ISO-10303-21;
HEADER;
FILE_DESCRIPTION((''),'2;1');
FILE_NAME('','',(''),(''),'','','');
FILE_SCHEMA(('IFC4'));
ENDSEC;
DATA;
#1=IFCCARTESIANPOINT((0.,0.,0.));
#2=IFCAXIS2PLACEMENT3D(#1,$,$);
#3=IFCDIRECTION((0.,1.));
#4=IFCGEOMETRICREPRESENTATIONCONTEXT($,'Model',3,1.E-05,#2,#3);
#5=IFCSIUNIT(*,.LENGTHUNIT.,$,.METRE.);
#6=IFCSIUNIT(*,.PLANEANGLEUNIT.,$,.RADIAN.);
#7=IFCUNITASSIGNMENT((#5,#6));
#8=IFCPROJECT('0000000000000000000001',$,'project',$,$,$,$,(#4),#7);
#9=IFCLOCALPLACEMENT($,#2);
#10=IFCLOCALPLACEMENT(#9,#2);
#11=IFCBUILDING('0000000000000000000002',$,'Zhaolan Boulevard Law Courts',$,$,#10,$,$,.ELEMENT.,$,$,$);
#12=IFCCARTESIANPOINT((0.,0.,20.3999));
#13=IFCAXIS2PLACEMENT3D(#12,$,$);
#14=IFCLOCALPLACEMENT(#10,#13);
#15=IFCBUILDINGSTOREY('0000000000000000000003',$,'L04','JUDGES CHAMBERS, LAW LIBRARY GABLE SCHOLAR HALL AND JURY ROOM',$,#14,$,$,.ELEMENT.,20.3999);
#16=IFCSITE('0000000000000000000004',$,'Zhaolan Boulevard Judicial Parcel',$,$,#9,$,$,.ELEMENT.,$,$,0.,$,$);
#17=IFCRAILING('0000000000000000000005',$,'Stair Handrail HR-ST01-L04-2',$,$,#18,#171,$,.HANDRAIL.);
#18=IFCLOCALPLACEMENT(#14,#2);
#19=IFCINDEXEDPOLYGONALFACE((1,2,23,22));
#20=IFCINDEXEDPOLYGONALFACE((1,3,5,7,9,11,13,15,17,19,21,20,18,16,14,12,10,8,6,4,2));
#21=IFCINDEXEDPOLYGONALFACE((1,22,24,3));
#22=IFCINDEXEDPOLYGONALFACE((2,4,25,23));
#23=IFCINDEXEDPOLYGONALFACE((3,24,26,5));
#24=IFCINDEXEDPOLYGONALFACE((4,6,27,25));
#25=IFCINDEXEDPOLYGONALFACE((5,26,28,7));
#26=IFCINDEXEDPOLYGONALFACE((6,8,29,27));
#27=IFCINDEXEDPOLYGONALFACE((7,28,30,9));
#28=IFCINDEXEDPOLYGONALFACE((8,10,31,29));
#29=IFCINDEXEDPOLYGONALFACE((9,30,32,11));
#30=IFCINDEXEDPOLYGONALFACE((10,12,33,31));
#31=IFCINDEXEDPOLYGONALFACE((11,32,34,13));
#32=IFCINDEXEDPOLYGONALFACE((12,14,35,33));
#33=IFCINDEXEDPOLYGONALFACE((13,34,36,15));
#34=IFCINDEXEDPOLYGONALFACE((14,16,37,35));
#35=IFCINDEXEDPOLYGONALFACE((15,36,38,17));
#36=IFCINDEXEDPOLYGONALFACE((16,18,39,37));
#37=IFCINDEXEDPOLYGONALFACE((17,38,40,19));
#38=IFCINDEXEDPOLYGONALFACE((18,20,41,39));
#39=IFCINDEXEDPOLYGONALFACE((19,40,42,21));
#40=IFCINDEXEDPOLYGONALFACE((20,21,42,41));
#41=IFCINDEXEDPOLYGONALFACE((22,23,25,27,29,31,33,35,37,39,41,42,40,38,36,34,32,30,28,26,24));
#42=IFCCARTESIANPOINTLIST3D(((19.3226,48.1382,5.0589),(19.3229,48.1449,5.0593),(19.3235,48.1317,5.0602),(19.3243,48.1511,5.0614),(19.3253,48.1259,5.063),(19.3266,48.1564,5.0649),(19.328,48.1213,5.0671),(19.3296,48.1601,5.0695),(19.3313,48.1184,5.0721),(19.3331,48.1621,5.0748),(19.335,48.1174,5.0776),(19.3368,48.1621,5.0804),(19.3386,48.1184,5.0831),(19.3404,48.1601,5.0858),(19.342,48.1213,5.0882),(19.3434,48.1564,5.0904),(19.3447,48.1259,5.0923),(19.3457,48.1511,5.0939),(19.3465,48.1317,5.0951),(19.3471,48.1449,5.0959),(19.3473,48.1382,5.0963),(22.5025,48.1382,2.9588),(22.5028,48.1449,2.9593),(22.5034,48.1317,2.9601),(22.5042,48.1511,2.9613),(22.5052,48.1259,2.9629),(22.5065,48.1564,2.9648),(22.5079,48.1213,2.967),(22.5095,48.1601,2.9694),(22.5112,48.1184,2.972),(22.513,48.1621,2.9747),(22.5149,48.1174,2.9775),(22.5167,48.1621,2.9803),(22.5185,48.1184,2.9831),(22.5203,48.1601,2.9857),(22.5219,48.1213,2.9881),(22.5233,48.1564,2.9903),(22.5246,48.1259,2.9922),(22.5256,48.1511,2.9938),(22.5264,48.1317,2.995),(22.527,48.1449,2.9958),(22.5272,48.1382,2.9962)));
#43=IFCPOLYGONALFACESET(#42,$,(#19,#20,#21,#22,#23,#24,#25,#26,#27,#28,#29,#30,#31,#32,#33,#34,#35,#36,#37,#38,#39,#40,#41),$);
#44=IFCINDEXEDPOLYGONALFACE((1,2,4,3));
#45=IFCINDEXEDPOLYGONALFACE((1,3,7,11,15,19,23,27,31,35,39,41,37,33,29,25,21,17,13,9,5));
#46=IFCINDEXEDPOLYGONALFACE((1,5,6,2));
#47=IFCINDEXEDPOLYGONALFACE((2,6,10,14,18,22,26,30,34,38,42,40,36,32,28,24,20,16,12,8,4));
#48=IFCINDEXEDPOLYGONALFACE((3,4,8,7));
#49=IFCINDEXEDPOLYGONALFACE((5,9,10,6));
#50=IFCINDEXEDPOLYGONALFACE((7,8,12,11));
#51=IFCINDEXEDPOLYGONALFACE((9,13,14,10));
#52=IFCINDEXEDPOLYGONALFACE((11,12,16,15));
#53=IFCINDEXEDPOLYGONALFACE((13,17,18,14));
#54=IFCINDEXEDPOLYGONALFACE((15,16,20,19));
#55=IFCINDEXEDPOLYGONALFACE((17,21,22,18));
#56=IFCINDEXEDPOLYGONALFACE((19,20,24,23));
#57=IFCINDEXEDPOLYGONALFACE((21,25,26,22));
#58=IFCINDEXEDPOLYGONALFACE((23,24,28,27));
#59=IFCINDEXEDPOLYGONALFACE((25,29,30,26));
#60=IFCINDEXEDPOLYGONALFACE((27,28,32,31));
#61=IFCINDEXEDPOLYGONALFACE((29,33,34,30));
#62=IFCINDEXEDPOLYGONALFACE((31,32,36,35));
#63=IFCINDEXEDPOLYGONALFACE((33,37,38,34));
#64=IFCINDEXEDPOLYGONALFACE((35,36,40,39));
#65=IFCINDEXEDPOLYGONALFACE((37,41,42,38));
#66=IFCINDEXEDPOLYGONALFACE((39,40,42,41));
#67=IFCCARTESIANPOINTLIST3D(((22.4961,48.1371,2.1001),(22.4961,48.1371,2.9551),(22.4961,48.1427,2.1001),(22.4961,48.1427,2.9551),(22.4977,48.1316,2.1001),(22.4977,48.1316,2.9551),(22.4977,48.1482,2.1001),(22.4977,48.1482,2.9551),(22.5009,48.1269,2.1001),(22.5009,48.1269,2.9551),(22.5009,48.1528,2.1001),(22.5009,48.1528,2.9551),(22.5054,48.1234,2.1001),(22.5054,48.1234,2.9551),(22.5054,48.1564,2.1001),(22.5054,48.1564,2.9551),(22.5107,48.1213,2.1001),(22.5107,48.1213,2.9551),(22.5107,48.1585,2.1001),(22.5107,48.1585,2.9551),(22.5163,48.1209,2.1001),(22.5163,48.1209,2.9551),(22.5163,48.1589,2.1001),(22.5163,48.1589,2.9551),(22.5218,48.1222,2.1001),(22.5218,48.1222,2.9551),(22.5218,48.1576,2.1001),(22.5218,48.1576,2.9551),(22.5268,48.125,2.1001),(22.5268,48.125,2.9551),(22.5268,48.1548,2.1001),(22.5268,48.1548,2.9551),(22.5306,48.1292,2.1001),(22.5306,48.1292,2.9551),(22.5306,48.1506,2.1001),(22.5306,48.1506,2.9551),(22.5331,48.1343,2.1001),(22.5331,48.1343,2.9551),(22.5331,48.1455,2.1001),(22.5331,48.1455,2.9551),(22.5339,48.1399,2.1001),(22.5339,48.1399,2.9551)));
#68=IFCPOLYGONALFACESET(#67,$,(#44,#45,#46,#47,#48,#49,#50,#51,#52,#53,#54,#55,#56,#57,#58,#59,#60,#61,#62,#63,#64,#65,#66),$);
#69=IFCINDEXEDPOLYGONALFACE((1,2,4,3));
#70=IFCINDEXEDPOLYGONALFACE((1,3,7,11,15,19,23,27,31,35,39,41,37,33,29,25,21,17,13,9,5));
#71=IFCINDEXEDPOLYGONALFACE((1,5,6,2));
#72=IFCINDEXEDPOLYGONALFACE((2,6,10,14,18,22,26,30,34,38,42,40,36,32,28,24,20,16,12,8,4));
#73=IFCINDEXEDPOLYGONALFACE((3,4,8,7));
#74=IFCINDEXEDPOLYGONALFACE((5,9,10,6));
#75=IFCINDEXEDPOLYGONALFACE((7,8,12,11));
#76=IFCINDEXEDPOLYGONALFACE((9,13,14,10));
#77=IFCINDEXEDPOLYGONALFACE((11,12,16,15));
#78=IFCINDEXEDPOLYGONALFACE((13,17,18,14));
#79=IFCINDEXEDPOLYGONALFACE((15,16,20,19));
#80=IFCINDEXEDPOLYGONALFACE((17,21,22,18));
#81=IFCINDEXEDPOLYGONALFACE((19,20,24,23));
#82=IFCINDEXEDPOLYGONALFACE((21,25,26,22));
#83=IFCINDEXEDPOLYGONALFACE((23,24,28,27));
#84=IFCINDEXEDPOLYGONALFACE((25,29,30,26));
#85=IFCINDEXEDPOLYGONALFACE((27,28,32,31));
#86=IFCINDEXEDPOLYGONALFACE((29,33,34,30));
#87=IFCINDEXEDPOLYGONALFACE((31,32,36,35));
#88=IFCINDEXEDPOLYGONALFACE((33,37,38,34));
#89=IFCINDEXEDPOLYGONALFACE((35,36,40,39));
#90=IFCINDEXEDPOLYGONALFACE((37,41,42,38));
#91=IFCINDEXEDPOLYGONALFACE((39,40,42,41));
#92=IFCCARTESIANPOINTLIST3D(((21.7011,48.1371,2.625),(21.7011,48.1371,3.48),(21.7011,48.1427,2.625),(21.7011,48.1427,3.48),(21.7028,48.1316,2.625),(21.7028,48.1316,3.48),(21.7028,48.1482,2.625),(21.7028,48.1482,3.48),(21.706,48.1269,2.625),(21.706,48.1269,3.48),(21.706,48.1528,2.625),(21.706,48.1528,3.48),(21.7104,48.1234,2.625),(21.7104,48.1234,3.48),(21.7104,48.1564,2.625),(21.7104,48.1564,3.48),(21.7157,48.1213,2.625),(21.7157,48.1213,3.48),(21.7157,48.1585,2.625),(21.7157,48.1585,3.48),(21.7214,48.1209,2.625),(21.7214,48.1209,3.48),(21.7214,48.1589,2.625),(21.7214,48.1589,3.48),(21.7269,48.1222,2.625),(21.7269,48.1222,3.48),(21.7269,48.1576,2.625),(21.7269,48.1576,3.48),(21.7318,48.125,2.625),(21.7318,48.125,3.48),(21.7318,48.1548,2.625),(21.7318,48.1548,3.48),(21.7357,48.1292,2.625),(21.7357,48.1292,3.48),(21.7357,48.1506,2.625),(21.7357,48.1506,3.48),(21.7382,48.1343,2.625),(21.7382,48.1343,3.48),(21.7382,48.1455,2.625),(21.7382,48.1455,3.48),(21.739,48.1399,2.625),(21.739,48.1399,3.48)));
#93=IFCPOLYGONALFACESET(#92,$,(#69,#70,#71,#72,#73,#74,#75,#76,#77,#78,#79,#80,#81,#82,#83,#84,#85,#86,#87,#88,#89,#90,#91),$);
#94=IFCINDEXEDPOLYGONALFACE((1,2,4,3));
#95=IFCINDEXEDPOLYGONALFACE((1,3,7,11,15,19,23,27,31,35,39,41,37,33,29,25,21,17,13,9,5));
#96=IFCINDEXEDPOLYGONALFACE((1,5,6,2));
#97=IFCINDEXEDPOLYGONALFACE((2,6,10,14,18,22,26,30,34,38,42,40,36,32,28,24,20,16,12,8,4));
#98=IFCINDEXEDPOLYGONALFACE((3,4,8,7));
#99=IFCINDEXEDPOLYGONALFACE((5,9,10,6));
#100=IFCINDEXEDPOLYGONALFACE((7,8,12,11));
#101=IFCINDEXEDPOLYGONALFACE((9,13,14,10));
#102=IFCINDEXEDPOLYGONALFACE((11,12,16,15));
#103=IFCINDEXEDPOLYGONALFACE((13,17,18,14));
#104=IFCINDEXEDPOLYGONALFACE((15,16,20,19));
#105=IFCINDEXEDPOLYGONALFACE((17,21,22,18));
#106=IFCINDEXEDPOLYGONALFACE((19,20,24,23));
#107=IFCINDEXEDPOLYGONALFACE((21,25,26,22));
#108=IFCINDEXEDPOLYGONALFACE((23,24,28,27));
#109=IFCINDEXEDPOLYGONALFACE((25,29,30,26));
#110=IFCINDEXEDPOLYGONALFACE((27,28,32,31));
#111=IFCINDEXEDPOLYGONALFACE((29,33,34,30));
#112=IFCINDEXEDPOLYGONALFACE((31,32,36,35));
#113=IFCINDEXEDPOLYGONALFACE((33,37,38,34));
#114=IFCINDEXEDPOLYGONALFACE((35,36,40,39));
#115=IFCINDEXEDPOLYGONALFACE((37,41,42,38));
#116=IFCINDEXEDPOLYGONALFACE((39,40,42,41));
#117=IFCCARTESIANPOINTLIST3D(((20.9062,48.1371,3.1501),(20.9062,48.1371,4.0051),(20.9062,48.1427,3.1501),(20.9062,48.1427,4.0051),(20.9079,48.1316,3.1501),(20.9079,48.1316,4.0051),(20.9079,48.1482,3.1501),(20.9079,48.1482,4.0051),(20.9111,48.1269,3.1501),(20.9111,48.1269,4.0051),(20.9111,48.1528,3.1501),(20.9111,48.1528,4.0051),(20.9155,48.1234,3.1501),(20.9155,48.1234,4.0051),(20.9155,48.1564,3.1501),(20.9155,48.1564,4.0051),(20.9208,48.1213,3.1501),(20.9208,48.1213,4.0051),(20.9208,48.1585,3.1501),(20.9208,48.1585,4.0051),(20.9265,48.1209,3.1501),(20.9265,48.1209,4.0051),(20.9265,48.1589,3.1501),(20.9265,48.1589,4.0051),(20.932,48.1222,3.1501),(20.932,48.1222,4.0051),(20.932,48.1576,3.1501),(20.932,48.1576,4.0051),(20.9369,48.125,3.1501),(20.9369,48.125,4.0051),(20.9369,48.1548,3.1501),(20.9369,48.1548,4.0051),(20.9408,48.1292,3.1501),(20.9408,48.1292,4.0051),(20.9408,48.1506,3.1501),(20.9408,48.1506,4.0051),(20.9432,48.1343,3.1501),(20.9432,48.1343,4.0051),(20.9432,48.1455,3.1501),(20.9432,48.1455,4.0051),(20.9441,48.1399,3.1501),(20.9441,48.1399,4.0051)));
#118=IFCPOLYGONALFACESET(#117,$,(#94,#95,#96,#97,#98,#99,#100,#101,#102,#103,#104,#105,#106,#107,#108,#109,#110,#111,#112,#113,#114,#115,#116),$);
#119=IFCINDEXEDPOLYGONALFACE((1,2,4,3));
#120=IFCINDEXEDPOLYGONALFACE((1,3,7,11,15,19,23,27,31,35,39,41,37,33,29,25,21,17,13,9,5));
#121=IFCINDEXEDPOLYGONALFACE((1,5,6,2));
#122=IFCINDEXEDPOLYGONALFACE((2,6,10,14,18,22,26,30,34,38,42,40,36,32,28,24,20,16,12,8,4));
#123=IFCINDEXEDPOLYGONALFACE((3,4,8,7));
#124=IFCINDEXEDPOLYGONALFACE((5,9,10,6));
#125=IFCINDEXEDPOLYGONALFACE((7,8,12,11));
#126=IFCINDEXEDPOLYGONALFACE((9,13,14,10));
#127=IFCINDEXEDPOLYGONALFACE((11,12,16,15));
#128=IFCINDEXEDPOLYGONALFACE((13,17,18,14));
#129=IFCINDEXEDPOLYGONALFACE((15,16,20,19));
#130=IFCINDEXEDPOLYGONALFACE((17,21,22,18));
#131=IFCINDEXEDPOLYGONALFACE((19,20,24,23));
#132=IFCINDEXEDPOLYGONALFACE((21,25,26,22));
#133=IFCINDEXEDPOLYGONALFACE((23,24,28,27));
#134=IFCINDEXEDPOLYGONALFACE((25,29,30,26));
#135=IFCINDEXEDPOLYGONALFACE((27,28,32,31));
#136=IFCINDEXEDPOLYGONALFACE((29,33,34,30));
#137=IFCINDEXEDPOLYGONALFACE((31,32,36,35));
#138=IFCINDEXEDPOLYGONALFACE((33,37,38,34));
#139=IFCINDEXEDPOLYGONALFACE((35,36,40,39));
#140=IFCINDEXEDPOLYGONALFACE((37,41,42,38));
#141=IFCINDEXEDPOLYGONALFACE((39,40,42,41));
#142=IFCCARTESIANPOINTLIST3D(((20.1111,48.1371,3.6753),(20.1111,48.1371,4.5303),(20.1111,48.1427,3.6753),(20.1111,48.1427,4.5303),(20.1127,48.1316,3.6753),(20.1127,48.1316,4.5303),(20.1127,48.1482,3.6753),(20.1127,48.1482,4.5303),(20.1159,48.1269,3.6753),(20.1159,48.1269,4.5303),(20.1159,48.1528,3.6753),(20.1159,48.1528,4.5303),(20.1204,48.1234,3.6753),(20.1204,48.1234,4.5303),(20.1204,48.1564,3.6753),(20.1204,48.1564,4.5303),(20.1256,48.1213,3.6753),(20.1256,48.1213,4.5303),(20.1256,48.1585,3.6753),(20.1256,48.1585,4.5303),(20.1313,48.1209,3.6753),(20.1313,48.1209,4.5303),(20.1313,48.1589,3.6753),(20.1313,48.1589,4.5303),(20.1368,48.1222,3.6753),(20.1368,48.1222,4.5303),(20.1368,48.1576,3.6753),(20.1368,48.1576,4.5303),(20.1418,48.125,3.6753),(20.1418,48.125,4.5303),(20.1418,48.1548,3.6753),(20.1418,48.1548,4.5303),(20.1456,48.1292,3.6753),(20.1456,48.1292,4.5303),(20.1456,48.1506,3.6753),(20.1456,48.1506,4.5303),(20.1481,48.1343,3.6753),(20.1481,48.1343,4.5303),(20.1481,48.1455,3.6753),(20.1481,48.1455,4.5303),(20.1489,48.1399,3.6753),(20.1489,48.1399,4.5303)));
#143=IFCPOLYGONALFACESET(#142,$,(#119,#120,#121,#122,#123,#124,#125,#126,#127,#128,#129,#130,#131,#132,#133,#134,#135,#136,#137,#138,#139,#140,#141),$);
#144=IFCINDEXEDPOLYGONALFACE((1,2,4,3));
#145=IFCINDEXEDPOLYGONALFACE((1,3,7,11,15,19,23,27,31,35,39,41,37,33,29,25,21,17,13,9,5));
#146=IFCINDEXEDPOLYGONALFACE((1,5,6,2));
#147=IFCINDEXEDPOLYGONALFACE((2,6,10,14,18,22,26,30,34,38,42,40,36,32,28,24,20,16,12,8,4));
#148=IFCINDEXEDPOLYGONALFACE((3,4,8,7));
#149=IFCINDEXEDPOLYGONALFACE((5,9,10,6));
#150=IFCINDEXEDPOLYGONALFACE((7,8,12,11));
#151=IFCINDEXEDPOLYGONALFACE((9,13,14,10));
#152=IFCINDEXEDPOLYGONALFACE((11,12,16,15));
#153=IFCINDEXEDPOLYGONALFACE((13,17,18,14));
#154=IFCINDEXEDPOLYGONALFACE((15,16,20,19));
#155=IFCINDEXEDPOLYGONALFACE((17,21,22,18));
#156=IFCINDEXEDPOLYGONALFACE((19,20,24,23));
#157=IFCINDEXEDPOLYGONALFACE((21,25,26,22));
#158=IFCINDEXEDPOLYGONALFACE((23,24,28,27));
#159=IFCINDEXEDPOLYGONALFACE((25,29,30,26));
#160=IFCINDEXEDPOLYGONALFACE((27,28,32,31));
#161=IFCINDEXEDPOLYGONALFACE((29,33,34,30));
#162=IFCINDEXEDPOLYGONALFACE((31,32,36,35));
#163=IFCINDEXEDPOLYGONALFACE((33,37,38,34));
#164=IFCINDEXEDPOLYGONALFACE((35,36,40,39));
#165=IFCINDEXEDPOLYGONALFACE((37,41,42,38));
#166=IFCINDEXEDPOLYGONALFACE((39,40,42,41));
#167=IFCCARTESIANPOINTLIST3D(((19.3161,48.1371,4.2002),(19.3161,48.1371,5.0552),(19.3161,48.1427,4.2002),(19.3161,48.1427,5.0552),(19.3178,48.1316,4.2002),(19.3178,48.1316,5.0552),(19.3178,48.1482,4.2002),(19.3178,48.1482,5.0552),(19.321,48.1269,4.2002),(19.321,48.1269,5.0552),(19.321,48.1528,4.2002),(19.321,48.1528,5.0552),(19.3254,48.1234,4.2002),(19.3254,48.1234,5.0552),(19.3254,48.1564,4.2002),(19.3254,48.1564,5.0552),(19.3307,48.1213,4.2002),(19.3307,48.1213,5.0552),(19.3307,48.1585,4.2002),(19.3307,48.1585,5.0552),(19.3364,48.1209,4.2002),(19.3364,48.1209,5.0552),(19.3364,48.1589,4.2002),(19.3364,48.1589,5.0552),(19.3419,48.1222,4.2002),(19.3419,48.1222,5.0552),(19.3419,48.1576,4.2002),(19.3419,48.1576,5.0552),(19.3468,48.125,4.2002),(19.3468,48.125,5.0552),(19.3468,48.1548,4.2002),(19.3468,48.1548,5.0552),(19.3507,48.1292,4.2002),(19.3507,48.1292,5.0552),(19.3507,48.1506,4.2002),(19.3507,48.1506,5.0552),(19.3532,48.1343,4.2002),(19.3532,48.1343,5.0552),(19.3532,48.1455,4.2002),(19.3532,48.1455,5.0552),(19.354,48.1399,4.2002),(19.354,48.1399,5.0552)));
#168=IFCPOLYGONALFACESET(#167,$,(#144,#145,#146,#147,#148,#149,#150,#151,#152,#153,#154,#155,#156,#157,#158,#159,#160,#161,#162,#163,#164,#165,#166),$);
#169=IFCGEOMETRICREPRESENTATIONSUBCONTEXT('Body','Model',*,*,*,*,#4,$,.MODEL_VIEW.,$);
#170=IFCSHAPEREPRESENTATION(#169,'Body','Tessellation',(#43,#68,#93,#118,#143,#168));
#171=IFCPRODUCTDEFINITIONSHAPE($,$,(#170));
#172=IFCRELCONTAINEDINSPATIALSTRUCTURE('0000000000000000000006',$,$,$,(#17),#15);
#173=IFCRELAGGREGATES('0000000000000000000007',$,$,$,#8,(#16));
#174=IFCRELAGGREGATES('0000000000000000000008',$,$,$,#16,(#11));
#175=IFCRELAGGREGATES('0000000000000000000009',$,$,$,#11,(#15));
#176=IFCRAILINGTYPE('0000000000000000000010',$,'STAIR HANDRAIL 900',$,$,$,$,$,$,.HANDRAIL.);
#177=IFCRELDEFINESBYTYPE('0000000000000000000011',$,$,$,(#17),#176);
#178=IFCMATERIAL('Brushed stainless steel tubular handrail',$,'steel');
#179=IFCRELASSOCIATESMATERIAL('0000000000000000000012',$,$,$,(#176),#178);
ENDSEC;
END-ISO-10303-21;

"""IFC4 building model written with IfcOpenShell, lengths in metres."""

from ifc_helpers import new_model, si_unit, direction, frame, origin, origin_2d, place, context, subcontext, project, spatial, circle, extrude, material, type_object, element, save


model = new_model("IFC4")

# Units and contexts
model_context = context("Model", 3, precision=1e-05, world=origin(), true_north=direction((0.0, 1.0)))
body_context = subcontext(model_context, "Body", "Model", "MODEL_VIEW")
ifc_project = project(units=[si_unit("LENGTHUNIT", "METRE"), si_unit("PLANEANGLEUNIT", "RADIAN")], contexts=[model_context])

# Site, building, storey
site_placement = place(None, origin())
site = spatial("IfcSite", under=ifc_project, at=site_placement, Name="Zhaolan Boulevard Judicial Parcel", CompositionType="ELEMENT", RefElevation=0.0)
building_placement = place(site_placement, origin())
building = spatial("IfcBuilding", under=site, at=building_placement, Name="Zhaolan Boulevard Law Courts", CompositionType="ELEMENT")
storey_placement = place(building_placement, frame((0.0, 0.0, 20.3999)))
storey = spatial("IfcBuildingStorey", under=building, at=storey_placement, Name="L04", Description="JUDGES CHAMBERS, LAW LIBRARY GABLE SCHOLAR HALL AND JURY ROOM", CompositionType="ELEMENT", Elevation=20.3999)

# Railing
ifc_material_1 = material(Name="Brushed stainless steel tubular handrail", Category="steel")
railing_type_1 = type_object("IfcRailingType", Name="STAIR HANDRAIL 900", PredefinedType="HANDRAIL", material=ifc_material_1)
railing_1_placement = place(storey_placement, frame((22.5149, 48.1399, 2.1001)))
element("IfcRailing", 1, at=railing_1_placement, inside=storey, type_object=railing_type_1, Name="Stair Handrail HR-ST01-L04-2", PredefinedType="HANDRAIL", context=body_context, shape_type="SweptSolid", body=[
    extrude(circle(Radius=0.0225, at=origin_2d()), frame((0.0, 0.0, 0.8774), z_axis=(-0.834447, 0.0, 0.551088), x_axis=(0.0, -1.0, 0.0)), (0.0, 0.0, 1.0), 3.8108),
    extrude(circle(Radius=0.019, at=origin_2d()), origin(), (0.0, 0.0, 1.0), 0.855),
    extrude(circle(Radius=0.019, at=origin_2d()), frame((-0.7949, 0.0, 0.5249)), (0.0, 0.0, 1.0), 0.855),
    extrude(circle(Radius=0.019, at=origin_2d()), frame((-1.5898, 0.0, 1.05)), (0.0, 0.0, 1.0), 0.855),
    extrude(circle(Radius=0.019, at=origin_2d()), frame((-2.385, 0.0, 1.5752)), (0.0, 0.0, 1.0), 0.855),
    extrude(circle(Radius=0.019, at=origin_2d()), frame((-3.1799, 0.0, 2.1001)), (0.0, 0.0, 1.0), 0.855),
])

save(model, "model.ifc")
